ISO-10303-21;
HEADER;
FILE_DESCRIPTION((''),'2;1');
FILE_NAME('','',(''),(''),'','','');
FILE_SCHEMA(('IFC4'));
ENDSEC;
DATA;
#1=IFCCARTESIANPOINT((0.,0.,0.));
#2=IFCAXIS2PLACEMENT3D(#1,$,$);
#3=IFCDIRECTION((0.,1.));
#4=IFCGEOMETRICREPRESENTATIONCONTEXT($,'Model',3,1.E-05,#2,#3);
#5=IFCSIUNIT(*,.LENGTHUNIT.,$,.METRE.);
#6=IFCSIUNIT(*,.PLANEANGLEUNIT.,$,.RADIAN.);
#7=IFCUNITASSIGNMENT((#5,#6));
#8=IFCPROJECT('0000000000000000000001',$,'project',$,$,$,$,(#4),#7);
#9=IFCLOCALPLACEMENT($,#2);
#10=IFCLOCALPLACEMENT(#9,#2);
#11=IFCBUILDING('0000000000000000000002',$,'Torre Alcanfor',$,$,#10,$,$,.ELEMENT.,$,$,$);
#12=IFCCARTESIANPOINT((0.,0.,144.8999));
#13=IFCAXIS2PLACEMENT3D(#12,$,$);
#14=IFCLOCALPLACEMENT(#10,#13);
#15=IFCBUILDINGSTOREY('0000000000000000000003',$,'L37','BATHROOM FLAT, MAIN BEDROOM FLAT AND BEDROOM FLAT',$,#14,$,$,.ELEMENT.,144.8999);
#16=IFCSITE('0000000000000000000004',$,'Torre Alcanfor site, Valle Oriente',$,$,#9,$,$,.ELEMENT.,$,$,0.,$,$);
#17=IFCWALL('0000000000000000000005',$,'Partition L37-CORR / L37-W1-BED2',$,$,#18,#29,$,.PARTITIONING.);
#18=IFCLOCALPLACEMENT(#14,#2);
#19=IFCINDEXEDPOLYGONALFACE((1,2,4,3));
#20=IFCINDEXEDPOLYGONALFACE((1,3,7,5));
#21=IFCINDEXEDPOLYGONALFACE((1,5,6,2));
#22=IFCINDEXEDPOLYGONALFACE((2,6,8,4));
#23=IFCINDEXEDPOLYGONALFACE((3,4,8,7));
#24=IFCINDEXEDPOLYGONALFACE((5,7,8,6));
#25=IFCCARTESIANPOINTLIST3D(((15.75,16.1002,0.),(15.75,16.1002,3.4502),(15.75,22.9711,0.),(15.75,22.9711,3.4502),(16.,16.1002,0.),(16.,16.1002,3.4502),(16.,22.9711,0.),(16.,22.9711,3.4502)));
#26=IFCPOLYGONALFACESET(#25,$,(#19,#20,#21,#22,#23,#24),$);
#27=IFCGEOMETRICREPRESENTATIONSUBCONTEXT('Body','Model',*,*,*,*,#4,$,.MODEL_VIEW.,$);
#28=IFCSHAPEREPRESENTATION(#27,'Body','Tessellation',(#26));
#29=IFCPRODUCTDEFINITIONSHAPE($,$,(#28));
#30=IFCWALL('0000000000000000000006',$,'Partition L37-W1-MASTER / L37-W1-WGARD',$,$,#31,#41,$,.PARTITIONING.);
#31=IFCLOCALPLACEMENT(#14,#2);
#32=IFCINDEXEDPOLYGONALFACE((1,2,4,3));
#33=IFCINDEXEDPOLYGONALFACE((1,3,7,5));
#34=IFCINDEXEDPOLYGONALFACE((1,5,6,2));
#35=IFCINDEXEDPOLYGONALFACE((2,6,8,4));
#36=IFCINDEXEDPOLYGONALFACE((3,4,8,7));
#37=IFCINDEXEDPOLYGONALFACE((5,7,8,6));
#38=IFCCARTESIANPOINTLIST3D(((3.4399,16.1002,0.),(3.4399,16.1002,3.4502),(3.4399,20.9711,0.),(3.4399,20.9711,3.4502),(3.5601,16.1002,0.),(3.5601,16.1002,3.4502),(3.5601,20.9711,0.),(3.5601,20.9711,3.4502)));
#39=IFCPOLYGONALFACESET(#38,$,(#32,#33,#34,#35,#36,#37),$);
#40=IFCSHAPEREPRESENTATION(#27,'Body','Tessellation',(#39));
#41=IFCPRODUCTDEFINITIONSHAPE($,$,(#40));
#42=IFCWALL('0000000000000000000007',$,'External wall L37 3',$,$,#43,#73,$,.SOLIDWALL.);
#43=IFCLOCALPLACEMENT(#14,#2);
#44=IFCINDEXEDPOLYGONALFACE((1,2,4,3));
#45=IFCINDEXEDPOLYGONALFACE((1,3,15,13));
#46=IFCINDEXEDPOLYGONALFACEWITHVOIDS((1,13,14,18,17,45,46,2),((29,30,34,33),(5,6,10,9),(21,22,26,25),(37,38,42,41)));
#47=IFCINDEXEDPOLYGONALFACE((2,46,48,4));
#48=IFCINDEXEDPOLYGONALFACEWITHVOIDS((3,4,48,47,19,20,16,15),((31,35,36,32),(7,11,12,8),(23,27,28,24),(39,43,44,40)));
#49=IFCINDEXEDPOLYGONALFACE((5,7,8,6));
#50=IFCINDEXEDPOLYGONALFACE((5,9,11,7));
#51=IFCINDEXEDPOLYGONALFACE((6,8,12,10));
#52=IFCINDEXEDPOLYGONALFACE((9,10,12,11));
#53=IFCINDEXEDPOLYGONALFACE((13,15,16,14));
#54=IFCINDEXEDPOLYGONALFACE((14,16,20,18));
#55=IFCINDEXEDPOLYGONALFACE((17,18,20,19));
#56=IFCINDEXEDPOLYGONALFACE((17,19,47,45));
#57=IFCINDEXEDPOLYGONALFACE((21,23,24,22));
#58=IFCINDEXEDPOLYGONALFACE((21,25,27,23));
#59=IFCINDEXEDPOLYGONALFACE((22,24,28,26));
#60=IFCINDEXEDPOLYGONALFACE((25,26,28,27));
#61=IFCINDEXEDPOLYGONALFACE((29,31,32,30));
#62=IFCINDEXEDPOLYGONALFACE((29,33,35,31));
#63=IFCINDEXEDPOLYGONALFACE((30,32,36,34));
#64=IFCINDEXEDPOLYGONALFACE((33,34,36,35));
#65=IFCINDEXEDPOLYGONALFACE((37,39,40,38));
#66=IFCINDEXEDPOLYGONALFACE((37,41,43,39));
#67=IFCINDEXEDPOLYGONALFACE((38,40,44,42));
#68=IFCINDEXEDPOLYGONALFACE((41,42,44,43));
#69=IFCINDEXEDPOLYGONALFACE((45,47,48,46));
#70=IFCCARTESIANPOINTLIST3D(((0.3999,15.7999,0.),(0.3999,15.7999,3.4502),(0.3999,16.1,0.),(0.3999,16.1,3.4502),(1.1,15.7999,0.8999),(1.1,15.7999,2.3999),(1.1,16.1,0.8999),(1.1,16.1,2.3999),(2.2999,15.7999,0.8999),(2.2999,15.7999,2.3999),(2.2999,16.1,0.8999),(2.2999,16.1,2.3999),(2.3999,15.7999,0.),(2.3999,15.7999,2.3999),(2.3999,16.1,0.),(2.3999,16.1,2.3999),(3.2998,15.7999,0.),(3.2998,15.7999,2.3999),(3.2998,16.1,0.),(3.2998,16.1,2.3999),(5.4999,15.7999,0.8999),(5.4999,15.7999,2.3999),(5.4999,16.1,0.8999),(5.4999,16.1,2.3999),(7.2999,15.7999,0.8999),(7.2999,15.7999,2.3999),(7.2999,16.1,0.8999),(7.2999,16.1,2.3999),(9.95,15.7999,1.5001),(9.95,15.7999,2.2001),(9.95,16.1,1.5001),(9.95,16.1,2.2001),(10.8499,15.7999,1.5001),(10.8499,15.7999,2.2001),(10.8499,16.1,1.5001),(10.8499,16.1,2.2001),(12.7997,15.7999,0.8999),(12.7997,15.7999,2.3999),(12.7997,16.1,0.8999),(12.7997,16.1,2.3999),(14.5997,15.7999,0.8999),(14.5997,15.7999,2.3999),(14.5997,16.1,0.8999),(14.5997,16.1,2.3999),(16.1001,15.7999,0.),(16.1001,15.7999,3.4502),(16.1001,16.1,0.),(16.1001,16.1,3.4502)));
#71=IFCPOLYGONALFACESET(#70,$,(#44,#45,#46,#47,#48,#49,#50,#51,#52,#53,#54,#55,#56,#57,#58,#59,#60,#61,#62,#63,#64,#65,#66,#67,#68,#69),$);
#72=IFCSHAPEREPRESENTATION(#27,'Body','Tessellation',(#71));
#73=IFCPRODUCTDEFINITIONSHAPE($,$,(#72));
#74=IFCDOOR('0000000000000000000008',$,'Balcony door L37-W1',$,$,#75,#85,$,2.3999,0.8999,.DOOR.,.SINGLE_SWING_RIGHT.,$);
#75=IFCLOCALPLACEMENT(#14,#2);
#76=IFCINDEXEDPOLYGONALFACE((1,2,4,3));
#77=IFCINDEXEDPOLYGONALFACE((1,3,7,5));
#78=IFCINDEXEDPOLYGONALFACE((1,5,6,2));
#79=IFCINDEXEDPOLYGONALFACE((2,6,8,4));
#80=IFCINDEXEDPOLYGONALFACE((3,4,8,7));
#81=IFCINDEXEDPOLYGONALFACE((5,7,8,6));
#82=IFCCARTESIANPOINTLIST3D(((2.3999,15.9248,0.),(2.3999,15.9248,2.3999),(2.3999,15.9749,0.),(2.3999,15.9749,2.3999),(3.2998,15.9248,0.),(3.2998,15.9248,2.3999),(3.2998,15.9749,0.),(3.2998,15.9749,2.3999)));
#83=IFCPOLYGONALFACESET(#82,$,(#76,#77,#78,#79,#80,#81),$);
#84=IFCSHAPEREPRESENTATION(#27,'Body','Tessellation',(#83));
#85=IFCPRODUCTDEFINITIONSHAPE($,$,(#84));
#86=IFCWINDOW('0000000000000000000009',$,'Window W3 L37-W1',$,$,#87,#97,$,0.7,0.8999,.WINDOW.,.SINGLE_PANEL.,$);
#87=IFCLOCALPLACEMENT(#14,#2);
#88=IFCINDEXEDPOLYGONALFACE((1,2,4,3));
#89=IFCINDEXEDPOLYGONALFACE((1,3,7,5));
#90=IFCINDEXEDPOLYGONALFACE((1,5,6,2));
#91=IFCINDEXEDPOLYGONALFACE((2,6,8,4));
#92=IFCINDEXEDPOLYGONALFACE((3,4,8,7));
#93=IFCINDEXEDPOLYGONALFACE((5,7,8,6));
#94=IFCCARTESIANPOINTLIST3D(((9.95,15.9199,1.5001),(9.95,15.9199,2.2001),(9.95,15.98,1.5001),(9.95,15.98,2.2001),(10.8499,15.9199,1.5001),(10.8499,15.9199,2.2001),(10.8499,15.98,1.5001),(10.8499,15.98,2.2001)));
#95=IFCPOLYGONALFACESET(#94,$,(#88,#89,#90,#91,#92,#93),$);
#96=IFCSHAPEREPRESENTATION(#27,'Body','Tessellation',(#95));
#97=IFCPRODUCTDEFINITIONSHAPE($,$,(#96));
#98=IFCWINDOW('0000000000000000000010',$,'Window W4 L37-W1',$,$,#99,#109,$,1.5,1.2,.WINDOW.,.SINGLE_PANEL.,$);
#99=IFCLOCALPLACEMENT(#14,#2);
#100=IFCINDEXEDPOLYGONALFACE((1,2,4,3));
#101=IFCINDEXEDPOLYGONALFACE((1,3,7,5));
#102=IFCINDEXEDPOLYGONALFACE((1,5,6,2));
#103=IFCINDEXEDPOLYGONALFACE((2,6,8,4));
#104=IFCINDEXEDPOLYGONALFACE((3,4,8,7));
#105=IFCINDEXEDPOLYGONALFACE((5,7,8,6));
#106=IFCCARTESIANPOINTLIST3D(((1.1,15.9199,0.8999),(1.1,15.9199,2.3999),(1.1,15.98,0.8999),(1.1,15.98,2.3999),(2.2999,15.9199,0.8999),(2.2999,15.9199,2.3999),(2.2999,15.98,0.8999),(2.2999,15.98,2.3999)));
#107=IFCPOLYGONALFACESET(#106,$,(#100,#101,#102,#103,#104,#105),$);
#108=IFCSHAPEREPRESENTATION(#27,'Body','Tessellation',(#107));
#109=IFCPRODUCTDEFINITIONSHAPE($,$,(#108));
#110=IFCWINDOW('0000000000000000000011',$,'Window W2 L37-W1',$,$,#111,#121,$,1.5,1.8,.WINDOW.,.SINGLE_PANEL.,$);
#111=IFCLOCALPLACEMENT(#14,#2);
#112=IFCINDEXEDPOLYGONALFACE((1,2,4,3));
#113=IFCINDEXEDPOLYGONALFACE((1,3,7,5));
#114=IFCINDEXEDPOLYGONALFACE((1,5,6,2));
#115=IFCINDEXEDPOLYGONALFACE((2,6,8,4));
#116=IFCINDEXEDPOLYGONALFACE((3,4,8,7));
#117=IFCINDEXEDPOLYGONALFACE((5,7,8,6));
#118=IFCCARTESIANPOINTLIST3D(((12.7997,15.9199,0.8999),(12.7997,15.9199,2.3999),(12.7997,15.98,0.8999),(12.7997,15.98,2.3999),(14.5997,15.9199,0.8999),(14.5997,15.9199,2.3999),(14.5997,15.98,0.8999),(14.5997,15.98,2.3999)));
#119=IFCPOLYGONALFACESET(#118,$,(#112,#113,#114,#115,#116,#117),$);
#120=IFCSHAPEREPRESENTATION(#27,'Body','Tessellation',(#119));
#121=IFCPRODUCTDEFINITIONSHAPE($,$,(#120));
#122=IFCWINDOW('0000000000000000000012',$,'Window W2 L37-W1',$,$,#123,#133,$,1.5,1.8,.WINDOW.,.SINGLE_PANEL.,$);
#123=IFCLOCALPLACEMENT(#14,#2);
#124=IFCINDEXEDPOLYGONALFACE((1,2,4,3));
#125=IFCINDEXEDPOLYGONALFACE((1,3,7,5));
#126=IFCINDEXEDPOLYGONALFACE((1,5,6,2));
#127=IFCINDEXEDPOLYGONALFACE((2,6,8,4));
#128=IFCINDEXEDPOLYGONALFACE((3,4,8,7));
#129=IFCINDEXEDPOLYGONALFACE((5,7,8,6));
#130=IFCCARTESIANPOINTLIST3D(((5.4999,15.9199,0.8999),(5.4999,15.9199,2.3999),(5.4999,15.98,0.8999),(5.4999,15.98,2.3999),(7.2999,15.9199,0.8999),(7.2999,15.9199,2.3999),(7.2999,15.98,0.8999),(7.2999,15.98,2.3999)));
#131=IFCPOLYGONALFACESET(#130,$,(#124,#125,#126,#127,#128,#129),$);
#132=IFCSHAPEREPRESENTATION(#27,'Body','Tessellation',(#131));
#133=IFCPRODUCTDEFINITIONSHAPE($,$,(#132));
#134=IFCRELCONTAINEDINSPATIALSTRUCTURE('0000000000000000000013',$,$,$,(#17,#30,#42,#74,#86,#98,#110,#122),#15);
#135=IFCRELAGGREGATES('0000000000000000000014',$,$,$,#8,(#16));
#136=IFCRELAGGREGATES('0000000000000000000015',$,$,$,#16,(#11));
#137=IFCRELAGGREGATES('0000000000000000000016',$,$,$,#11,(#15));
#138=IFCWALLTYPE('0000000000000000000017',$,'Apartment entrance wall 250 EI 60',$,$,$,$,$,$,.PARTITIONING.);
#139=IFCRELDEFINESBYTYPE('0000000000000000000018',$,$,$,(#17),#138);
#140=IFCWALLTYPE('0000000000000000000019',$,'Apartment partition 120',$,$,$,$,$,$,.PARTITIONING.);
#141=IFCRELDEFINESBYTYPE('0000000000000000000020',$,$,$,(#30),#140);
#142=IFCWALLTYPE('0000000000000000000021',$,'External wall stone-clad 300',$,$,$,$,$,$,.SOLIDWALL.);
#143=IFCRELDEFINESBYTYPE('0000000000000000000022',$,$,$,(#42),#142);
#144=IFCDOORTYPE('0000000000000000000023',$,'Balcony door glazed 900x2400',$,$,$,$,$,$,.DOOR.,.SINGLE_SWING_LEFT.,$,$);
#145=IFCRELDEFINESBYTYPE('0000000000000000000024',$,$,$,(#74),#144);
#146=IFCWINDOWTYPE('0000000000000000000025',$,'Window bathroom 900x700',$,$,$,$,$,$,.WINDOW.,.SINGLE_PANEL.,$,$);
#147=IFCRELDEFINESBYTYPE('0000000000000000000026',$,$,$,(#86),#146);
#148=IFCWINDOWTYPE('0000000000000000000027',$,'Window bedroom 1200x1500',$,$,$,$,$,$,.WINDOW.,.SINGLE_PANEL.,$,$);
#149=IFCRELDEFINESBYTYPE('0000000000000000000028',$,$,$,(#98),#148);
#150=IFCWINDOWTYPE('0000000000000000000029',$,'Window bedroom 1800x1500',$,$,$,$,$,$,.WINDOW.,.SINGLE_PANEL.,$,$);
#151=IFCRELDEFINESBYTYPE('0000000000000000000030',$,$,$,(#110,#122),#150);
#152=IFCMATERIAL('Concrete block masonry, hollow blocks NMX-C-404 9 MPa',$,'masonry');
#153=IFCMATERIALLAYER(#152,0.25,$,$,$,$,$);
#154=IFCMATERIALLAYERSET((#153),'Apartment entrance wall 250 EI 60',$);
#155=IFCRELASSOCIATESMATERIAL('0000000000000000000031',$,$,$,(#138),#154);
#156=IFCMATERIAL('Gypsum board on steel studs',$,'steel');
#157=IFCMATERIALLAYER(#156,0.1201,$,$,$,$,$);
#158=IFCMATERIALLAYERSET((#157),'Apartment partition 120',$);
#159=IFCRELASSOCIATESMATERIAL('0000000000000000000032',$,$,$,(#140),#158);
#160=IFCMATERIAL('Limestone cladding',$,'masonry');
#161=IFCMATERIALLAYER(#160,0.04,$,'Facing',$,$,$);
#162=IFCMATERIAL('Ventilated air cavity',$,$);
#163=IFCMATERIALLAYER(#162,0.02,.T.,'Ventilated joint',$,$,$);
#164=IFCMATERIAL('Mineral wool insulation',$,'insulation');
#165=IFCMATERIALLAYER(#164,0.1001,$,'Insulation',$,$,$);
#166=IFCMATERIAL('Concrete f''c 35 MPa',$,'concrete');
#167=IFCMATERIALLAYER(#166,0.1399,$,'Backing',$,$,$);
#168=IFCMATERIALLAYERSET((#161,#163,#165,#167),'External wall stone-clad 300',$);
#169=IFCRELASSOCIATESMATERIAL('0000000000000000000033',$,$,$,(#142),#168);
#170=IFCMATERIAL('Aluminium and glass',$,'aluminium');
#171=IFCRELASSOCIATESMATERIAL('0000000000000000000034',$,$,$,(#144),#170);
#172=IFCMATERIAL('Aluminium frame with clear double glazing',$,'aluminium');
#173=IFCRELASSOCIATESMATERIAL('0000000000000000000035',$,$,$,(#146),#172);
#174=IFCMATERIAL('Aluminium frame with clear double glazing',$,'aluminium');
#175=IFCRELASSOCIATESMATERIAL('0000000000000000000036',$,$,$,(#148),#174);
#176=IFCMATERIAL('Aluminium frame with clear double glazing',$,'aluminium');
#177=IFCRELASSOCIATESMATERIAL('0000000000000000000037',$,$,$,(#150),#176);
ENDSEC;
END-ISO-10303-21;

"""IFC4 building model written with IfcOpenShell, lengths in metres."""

from ifc_helpers import new_model, si_unit, direction, frame, frame_2d, origin, place, context, subcontext, project, spatial, rectangle, extrude, material, layer, layer_set, type_object, element, fill, save


model = new_model("IFC4")

# Units and contexts
model_context = context("Model", 3, precision=1e-05, world=origin(), true_north=direction((0.0, 1.0)))
body_context = subcontext(model_context, "Body", "Model", "MODEL_VIEW")
ifc_project = project(units=[si_unit("LENGTHUNIT", "METRE"), si_unit("PLANEANGLEUNIT", "RADIAN")], contexts=[model_context])

# Site, building, storey
site_placement = place(None, origin())
site = spatial("IfcSite", under=ifc_project, at=site_placement, Name="Torre Alcanfor site, Valle Oriente", CompositionType="ELEMENT", RefElevation=0.0)
building_placement = place(site_placement, origin())
building = spatial("IfcBuilding", under=site, at=building_placement, Name="Torre Alcanfor", CompositionType="ELEMENT")
storey_placement = place(building_placement, frame((0.0, 0.0, 144.8999)))
storey = spatial("IfcBuildingStorey", under=building, at=storey_placement, Name="L37", Description="BATHROOM FLAT, MAIN BEDROOM FLAT AND BEDROOM FLAT", CompositionType="ELEMENT", Elevation=144.8999)

# Walls
ifc_material_1 = material(Name="Concrete block masonry, hollow blocks NMX-C-404 9 MPa", Category="masonry")
ifc_layer_1 = layer(ifc_material_1, 0.25)
ifc_layer_set_1 = layer_set([ifc_layer_1], Name="Apartment entrance wall 250 EI 60")
wall_type_1 = type_object("IfcWallType", Name="Apartment entrance wall 250 EI 60", PredefinedType="PARTITIONING", material=ifc_layer_set_1)
wall_1_placement = place(storey_placement, frame((15.875, 16.1001, 0.0), z_axis=(0.0, 0.0, 1.0), x_axis=(0.0, 1.0, 0.0)))
element("IfcWall", 1, at=wall_1_placement, inside=storey, type_object=wall_type_1, Name="Partition L37-CORR / L37-W1-BED2", PredefinedType="PARTITIONING", context=body_context, shape_type="SweptSolid", body=[
    extrude(rectangle(XDim=6.8708, YDim=0.25, at=frame_2d((3.4355, 0.0))), origin(), (0.0, 0.0, 1.0), 3.4502),
])
ifc_material_2 = material(Name="Gypsum board on steel studs", Category="steel")
ifc_layer_2 = layer(ifc_material_2, 0.1201)
ifc_layer_set_2 = layer_set([ifc_layer_2], Name="Apartment partition 120")
wall_type_2 = type_object("IfcWallType", Name="Apartment partition 120", PredefinedType="PARTITIONING", material=ifc_layer_set_2)
wall_2_placement = place(storey_placement, frame((3.5, 16.1001, 0.0), z_axis=(0.0, 0.0, 1.0), x_axis=(0.0, 1.0, 0.0)))
element("IfcWall", 2, at=wall_2_placement, inside=storey, type_object=wall_type_2, Name="Partition L37-W1-MASTER / L37-W1-WGARD", PredefinedType="PARTITIONING", context=body_context, shape_type="SweptSolid", body=[
    extrude(rectangle(XDim=4.8708, YDim=0.1201, at=frame_2d((2.4355, 0.0))), origin(), (0.0, 0.0, 1.0), 3.4502),
])

# Wall, openings, door, windows
ifc_material_3 = material(Name="Limestone cladding", Category="masonry")
ifc_layer_3 = layer(ifc_material_3, 0.04, Name="Facing")
ifc_material_4 = material(Name="Ventilated air cavity")
ifc_layer_4 = layer(ifc_material_4, 0.02, ventilated=True, Name="Ventilated joint")
ifc_material_5 = material(Name="Mineral wool insulation", Category="insulation")
ifc_layer_5 = layer(ifc_material_5, 0.1001, Name="Insulation")
ifc_material_6 = material(Name="Concrete f'c 35 MPa", Category="concrete")
ifc_layer_6 = layer(ifc_material_6, 0.1399, Name="Backing")
ifc_layer_set_3 = layer_set([ifc_layer_3, ifc_layer_4, ifc_layer_5, ifc_layer_6], Name="External wall stone-clad 300")
wall_type_3 = type_object("IfcWallType", Name="External wall stone-clad 300", PredefinedType="SOLIDWALL", material=ifc_layer_set_3)
wall_3_placement = place(storey_placement, frame((0.3999, 15.95, 0.0), z_axis=(0.0, 0.0, 1.0), x_axis=(1.0, 0.0, 0.0)))
wall_3 = element("IfcWall", 3, at=wall_3_placement, inside=storey, type_object=wall_type_3, Name="External wall L37 3", PredefinedType="SOLIDWALL", context=body_context, shape_type="SweptSolid", body=[
    extrude(rectangle(XDim=15.7002, YDim=0.3, at=frame_2d((7.8501, 0.0))), origin(), (0.0, 0.0, 1.0), 3.4502),
])
opening_1_placement = place(wall_3_placement, frame((12.3999, 0.0, 0.8999)))
opening_1 = element("IfcOpeningElement", 4, at=opening_1_placement, cuts=wall_3, PredefinedType="OPENING", context=body_context, shape_type="SweptSolid", body=[
    extrude(rectangle(XDim=1.8, YDim=1.5, at=frame_2d((0.8999, 0.75))), frame((0.0, 0.1599, 0.0), z_axis=(0.0, -1.0, 0.0), x_axis=(1.0, 0.0, 0.0)), (0.0, 0.0, 1.0), 0.3201),
])
opening_2_placement = place(wall_3_placement, frame((9.55, 0.0, 1.5)))
opening_2 = element("IfcOpeningElement", 5, at=opening_2_placement, cuts=wall_3, PredefinedType="OPENING", context=body_context, shape_type="SweptSolid", body=[
    extrude(rectangle(XDim=0.8999, YDim=0.7, at=frame_2d((0.45, 0.3501))), frame((0.0, 0.1599, 0.0), z_axis=(0.0, -1.0, 0.0), x_axis=(1.0, 0.0, 0.0)), (0.0, 0.0, 1.0), 0.3201),
])
opening_3_placement = place(wall_3_placement, frame((5.1001, 0.0, 0.8999)))
opening_3 = element("IfcOpeningElement", 6, at=opening_3_placement, cuts=wall_3, PredefinedType="OPENING", context=body_context, shape_type="SweptSolid", body=[
    extrude(rectangle(XDim=1.8, YDim=1.5, at=frame_2d((0.8999, 0.75))), frame((0.0, 0.1599, 0.0), z_axis=(0.0, -1.0, 0.0), x_axis=(1.0, 0.0, 0.0)), (0.0, 0.0, 1.0), 0.3201),
])
opening_4_placement = place(wall_3_placement, frame((2.0, 0.0, 0.0)))
opening_4 = element("IfcOpeningElement", 7, at=opening_4_placement, cuts=wall_3, PredefinedType="OPENING", context=body_context, shape_type="SweptSolid", body=[
    extrude(rectangle(XDim=0.8999, YDim=2.3999, at=frame_2d((0.45, 1.2))), frame((0.0, 0.1599, 0.0), z_axis=(0.0, -1.0, 0.0), x_axis=(1.0, 0.0, 0.0)), (0.0, 0.0, 1.0), 0.3201),
])
opening_5_placement = place(wall_3_placement, frame((0.7, 0.0, 0.8999)))
opening_5 = element("IfcOpeningElement", 8, at=opening_5_placement, cuts=wall_3, PredefinedType="OPENING", context=body_context, shape_type="SweptSolid", body=[
    extrude(rectangle(XDim=1.2, YDim=1.5, at=frame_2d((0.6001, 0.75))), frame((0.0, 0.1599, 0.0), z_axis=(0.0, -1.0, 0.0), x_axis=(1.0, 0.0, 0.0)), (0.0, 0.0, 1.0), 0.3201),
])
ifc_material_7 = material(Name="Aluminium and glass", Category="aluminium")
door_type = type_object("IfcDoorType", Name="Balcony door glazed 900x2400", OperationType="SINGLE_SWING_LEFT", PredefinedType="DOOR", material=ifc_material_7)
door_placement = place(opening_4_placement, origin())
door = element("IfcDoor", 9, at=door_placement, inside=storey, type_object=door_type, Name="Balcony door L37-W1", OperationType="SINGLE_SWING_RIGHT", OverallHeight=2.3999, OverallWidth=0.8999, PredefinedType="DOOR", context=body_context, shape_type="SweptSolid", body=[
    extrude(rectangle(XDim=0.8999, YDim=2.3999, at=frame_2d((0.45, 1.2))), frame((0.0, 0.0249, 0.0), z_axis=(0.0, -1.0, 0.0), x_axis=(1.0, 0.0, 0.0)), (0.0, 0.0, 1.0), 0.05),
])
fill(opening_4, door)
ifc_material_8 = material(Name="Aluminium frame with clear double glazing", Category="aluminium")
window_type_1 = type_object("IfcWindowType", Name="Window bathroom 900x700", PartitioningType="SINGLE_PANEL", PredefinedType="WINDOW", material=ifc_material_8)
window_1_placement = place(opening_2_placement, origin())
window_1 = element("IfcWindow", 10, at=window_1_placement, inside=storey, type_object=window_type_1, Name="Window W3 L37-W1", OverallHeight=0.7, OverallWidth=0.8999, PartitioningType="SINGLE_PANEL", PredefinedType="WINDOW", context=body_context, shape_type="SweptSolid", body=[
    extrude(rectangle(XDim=0.8999, YDim=0.7, at=frame_2d((0.45, 0.3501))), frame((0.0, 0.03, 0.0), z_axis=(0.0, -1.0, 0.0), x_axis=(1.0, 0.0, 0.0)), (0.0, 0.0, 1.0), 0.0601),
])
fill(opening_2, window_1)
ifc_material_9 = material(Name="Aluminium frame with clear double glazing", Category="aluminium")
window_type_2 = type_object("IfcWindowType", Name="Window bedroom 1200x1500", PartitioningType="SINGLE_PANEL", PredefinedType="WINDOW", material=ifc_material_9)
window_2_placement = place(opening_5_placement, origin())
window_2 = element("IfcWindow", 11, at=window_2_placement, inside=storey, type_object=window_type_2, Name="Window W4 L37-W1", OverallHeight=1.5, OverallWidth=1.2, PartitioningType="SINGLE_PANEL", PredefinedType="WINDOW", context=body_context, shape_type="SweptSolid", body=[
    extrude(rectangle(XDim=1.2, YDim=1.5, at=frame_2d((0.6001, 0.75))), frame((0.0, 0.03, 0.0), z_axis=(0.0, -1.0, 0.0), x_axis=(1.0, 0.0, 0.0)), (0.0, 0.0, 1.0), 0.0601),
])
fill(opening_5, window_2)
ifc_material_10 = material(Name="Aluminium frame with clear double glazing", Category="aluminium")
window_type_3 = type_object("IfcWindowType", Name="Window bedroom 1800x1500", PartitioningType="SINGLE_PANEL", PredefinedType="WINDOW", material=ifc_material_10)
window_3_placement = place(opening_1_placement, origin())
window_3 = element("IfcWindow", 12, at=window_3_placement, inside=storey, type_object=window_type_3, Name="Window W2 L37-W1", OverallHeight=1.5, OverallWidth=1.8, PartitioningType="SINGLE_PANEL", PredefinedType="WINDOW", context=body_context, shape_type="SweptSolid", body=[
    extrude(rectangle(XDim=1.8, YDim=1.5, at=frame_2d((0.8999, 0.75))), frame((0.0, 0.03, 0.0), z_axis=(0.0, -1.0, 0.0), x_axis=(1.0, 0.0, 0.0)), (0.0, 0.0, 1.0), 0.0601),
])
fill(opening_1, window_3)
window_4_placement = place(opening_3_placement, origin())
window_4 = element("IfcWindow", 13, at=window_4_placement, inside=storey, type_object=window_type_3, Name="Window W2 L37-W1", OverallHeight=1.5, OverallWidth=1.8, PartitioningType="SINGLE_PANEL", PredefinedType="WINDOW", context=body_context, shape_type="SweptSolid", body=[
    extrude(rectangle(XDim=1.8, YDim=1.5, at=frame_2d((0.8999, 0.75))), frame((0.0, 0.03, 0.0), z_axis=(0.0, -1.0, 0.0), x_axis=(1.0, 0.0, 0.0)), (0.0, 0.0, 1.0), 0.0601),
])
fill(opening_3, window_4)

save(model, "model.ifc")
